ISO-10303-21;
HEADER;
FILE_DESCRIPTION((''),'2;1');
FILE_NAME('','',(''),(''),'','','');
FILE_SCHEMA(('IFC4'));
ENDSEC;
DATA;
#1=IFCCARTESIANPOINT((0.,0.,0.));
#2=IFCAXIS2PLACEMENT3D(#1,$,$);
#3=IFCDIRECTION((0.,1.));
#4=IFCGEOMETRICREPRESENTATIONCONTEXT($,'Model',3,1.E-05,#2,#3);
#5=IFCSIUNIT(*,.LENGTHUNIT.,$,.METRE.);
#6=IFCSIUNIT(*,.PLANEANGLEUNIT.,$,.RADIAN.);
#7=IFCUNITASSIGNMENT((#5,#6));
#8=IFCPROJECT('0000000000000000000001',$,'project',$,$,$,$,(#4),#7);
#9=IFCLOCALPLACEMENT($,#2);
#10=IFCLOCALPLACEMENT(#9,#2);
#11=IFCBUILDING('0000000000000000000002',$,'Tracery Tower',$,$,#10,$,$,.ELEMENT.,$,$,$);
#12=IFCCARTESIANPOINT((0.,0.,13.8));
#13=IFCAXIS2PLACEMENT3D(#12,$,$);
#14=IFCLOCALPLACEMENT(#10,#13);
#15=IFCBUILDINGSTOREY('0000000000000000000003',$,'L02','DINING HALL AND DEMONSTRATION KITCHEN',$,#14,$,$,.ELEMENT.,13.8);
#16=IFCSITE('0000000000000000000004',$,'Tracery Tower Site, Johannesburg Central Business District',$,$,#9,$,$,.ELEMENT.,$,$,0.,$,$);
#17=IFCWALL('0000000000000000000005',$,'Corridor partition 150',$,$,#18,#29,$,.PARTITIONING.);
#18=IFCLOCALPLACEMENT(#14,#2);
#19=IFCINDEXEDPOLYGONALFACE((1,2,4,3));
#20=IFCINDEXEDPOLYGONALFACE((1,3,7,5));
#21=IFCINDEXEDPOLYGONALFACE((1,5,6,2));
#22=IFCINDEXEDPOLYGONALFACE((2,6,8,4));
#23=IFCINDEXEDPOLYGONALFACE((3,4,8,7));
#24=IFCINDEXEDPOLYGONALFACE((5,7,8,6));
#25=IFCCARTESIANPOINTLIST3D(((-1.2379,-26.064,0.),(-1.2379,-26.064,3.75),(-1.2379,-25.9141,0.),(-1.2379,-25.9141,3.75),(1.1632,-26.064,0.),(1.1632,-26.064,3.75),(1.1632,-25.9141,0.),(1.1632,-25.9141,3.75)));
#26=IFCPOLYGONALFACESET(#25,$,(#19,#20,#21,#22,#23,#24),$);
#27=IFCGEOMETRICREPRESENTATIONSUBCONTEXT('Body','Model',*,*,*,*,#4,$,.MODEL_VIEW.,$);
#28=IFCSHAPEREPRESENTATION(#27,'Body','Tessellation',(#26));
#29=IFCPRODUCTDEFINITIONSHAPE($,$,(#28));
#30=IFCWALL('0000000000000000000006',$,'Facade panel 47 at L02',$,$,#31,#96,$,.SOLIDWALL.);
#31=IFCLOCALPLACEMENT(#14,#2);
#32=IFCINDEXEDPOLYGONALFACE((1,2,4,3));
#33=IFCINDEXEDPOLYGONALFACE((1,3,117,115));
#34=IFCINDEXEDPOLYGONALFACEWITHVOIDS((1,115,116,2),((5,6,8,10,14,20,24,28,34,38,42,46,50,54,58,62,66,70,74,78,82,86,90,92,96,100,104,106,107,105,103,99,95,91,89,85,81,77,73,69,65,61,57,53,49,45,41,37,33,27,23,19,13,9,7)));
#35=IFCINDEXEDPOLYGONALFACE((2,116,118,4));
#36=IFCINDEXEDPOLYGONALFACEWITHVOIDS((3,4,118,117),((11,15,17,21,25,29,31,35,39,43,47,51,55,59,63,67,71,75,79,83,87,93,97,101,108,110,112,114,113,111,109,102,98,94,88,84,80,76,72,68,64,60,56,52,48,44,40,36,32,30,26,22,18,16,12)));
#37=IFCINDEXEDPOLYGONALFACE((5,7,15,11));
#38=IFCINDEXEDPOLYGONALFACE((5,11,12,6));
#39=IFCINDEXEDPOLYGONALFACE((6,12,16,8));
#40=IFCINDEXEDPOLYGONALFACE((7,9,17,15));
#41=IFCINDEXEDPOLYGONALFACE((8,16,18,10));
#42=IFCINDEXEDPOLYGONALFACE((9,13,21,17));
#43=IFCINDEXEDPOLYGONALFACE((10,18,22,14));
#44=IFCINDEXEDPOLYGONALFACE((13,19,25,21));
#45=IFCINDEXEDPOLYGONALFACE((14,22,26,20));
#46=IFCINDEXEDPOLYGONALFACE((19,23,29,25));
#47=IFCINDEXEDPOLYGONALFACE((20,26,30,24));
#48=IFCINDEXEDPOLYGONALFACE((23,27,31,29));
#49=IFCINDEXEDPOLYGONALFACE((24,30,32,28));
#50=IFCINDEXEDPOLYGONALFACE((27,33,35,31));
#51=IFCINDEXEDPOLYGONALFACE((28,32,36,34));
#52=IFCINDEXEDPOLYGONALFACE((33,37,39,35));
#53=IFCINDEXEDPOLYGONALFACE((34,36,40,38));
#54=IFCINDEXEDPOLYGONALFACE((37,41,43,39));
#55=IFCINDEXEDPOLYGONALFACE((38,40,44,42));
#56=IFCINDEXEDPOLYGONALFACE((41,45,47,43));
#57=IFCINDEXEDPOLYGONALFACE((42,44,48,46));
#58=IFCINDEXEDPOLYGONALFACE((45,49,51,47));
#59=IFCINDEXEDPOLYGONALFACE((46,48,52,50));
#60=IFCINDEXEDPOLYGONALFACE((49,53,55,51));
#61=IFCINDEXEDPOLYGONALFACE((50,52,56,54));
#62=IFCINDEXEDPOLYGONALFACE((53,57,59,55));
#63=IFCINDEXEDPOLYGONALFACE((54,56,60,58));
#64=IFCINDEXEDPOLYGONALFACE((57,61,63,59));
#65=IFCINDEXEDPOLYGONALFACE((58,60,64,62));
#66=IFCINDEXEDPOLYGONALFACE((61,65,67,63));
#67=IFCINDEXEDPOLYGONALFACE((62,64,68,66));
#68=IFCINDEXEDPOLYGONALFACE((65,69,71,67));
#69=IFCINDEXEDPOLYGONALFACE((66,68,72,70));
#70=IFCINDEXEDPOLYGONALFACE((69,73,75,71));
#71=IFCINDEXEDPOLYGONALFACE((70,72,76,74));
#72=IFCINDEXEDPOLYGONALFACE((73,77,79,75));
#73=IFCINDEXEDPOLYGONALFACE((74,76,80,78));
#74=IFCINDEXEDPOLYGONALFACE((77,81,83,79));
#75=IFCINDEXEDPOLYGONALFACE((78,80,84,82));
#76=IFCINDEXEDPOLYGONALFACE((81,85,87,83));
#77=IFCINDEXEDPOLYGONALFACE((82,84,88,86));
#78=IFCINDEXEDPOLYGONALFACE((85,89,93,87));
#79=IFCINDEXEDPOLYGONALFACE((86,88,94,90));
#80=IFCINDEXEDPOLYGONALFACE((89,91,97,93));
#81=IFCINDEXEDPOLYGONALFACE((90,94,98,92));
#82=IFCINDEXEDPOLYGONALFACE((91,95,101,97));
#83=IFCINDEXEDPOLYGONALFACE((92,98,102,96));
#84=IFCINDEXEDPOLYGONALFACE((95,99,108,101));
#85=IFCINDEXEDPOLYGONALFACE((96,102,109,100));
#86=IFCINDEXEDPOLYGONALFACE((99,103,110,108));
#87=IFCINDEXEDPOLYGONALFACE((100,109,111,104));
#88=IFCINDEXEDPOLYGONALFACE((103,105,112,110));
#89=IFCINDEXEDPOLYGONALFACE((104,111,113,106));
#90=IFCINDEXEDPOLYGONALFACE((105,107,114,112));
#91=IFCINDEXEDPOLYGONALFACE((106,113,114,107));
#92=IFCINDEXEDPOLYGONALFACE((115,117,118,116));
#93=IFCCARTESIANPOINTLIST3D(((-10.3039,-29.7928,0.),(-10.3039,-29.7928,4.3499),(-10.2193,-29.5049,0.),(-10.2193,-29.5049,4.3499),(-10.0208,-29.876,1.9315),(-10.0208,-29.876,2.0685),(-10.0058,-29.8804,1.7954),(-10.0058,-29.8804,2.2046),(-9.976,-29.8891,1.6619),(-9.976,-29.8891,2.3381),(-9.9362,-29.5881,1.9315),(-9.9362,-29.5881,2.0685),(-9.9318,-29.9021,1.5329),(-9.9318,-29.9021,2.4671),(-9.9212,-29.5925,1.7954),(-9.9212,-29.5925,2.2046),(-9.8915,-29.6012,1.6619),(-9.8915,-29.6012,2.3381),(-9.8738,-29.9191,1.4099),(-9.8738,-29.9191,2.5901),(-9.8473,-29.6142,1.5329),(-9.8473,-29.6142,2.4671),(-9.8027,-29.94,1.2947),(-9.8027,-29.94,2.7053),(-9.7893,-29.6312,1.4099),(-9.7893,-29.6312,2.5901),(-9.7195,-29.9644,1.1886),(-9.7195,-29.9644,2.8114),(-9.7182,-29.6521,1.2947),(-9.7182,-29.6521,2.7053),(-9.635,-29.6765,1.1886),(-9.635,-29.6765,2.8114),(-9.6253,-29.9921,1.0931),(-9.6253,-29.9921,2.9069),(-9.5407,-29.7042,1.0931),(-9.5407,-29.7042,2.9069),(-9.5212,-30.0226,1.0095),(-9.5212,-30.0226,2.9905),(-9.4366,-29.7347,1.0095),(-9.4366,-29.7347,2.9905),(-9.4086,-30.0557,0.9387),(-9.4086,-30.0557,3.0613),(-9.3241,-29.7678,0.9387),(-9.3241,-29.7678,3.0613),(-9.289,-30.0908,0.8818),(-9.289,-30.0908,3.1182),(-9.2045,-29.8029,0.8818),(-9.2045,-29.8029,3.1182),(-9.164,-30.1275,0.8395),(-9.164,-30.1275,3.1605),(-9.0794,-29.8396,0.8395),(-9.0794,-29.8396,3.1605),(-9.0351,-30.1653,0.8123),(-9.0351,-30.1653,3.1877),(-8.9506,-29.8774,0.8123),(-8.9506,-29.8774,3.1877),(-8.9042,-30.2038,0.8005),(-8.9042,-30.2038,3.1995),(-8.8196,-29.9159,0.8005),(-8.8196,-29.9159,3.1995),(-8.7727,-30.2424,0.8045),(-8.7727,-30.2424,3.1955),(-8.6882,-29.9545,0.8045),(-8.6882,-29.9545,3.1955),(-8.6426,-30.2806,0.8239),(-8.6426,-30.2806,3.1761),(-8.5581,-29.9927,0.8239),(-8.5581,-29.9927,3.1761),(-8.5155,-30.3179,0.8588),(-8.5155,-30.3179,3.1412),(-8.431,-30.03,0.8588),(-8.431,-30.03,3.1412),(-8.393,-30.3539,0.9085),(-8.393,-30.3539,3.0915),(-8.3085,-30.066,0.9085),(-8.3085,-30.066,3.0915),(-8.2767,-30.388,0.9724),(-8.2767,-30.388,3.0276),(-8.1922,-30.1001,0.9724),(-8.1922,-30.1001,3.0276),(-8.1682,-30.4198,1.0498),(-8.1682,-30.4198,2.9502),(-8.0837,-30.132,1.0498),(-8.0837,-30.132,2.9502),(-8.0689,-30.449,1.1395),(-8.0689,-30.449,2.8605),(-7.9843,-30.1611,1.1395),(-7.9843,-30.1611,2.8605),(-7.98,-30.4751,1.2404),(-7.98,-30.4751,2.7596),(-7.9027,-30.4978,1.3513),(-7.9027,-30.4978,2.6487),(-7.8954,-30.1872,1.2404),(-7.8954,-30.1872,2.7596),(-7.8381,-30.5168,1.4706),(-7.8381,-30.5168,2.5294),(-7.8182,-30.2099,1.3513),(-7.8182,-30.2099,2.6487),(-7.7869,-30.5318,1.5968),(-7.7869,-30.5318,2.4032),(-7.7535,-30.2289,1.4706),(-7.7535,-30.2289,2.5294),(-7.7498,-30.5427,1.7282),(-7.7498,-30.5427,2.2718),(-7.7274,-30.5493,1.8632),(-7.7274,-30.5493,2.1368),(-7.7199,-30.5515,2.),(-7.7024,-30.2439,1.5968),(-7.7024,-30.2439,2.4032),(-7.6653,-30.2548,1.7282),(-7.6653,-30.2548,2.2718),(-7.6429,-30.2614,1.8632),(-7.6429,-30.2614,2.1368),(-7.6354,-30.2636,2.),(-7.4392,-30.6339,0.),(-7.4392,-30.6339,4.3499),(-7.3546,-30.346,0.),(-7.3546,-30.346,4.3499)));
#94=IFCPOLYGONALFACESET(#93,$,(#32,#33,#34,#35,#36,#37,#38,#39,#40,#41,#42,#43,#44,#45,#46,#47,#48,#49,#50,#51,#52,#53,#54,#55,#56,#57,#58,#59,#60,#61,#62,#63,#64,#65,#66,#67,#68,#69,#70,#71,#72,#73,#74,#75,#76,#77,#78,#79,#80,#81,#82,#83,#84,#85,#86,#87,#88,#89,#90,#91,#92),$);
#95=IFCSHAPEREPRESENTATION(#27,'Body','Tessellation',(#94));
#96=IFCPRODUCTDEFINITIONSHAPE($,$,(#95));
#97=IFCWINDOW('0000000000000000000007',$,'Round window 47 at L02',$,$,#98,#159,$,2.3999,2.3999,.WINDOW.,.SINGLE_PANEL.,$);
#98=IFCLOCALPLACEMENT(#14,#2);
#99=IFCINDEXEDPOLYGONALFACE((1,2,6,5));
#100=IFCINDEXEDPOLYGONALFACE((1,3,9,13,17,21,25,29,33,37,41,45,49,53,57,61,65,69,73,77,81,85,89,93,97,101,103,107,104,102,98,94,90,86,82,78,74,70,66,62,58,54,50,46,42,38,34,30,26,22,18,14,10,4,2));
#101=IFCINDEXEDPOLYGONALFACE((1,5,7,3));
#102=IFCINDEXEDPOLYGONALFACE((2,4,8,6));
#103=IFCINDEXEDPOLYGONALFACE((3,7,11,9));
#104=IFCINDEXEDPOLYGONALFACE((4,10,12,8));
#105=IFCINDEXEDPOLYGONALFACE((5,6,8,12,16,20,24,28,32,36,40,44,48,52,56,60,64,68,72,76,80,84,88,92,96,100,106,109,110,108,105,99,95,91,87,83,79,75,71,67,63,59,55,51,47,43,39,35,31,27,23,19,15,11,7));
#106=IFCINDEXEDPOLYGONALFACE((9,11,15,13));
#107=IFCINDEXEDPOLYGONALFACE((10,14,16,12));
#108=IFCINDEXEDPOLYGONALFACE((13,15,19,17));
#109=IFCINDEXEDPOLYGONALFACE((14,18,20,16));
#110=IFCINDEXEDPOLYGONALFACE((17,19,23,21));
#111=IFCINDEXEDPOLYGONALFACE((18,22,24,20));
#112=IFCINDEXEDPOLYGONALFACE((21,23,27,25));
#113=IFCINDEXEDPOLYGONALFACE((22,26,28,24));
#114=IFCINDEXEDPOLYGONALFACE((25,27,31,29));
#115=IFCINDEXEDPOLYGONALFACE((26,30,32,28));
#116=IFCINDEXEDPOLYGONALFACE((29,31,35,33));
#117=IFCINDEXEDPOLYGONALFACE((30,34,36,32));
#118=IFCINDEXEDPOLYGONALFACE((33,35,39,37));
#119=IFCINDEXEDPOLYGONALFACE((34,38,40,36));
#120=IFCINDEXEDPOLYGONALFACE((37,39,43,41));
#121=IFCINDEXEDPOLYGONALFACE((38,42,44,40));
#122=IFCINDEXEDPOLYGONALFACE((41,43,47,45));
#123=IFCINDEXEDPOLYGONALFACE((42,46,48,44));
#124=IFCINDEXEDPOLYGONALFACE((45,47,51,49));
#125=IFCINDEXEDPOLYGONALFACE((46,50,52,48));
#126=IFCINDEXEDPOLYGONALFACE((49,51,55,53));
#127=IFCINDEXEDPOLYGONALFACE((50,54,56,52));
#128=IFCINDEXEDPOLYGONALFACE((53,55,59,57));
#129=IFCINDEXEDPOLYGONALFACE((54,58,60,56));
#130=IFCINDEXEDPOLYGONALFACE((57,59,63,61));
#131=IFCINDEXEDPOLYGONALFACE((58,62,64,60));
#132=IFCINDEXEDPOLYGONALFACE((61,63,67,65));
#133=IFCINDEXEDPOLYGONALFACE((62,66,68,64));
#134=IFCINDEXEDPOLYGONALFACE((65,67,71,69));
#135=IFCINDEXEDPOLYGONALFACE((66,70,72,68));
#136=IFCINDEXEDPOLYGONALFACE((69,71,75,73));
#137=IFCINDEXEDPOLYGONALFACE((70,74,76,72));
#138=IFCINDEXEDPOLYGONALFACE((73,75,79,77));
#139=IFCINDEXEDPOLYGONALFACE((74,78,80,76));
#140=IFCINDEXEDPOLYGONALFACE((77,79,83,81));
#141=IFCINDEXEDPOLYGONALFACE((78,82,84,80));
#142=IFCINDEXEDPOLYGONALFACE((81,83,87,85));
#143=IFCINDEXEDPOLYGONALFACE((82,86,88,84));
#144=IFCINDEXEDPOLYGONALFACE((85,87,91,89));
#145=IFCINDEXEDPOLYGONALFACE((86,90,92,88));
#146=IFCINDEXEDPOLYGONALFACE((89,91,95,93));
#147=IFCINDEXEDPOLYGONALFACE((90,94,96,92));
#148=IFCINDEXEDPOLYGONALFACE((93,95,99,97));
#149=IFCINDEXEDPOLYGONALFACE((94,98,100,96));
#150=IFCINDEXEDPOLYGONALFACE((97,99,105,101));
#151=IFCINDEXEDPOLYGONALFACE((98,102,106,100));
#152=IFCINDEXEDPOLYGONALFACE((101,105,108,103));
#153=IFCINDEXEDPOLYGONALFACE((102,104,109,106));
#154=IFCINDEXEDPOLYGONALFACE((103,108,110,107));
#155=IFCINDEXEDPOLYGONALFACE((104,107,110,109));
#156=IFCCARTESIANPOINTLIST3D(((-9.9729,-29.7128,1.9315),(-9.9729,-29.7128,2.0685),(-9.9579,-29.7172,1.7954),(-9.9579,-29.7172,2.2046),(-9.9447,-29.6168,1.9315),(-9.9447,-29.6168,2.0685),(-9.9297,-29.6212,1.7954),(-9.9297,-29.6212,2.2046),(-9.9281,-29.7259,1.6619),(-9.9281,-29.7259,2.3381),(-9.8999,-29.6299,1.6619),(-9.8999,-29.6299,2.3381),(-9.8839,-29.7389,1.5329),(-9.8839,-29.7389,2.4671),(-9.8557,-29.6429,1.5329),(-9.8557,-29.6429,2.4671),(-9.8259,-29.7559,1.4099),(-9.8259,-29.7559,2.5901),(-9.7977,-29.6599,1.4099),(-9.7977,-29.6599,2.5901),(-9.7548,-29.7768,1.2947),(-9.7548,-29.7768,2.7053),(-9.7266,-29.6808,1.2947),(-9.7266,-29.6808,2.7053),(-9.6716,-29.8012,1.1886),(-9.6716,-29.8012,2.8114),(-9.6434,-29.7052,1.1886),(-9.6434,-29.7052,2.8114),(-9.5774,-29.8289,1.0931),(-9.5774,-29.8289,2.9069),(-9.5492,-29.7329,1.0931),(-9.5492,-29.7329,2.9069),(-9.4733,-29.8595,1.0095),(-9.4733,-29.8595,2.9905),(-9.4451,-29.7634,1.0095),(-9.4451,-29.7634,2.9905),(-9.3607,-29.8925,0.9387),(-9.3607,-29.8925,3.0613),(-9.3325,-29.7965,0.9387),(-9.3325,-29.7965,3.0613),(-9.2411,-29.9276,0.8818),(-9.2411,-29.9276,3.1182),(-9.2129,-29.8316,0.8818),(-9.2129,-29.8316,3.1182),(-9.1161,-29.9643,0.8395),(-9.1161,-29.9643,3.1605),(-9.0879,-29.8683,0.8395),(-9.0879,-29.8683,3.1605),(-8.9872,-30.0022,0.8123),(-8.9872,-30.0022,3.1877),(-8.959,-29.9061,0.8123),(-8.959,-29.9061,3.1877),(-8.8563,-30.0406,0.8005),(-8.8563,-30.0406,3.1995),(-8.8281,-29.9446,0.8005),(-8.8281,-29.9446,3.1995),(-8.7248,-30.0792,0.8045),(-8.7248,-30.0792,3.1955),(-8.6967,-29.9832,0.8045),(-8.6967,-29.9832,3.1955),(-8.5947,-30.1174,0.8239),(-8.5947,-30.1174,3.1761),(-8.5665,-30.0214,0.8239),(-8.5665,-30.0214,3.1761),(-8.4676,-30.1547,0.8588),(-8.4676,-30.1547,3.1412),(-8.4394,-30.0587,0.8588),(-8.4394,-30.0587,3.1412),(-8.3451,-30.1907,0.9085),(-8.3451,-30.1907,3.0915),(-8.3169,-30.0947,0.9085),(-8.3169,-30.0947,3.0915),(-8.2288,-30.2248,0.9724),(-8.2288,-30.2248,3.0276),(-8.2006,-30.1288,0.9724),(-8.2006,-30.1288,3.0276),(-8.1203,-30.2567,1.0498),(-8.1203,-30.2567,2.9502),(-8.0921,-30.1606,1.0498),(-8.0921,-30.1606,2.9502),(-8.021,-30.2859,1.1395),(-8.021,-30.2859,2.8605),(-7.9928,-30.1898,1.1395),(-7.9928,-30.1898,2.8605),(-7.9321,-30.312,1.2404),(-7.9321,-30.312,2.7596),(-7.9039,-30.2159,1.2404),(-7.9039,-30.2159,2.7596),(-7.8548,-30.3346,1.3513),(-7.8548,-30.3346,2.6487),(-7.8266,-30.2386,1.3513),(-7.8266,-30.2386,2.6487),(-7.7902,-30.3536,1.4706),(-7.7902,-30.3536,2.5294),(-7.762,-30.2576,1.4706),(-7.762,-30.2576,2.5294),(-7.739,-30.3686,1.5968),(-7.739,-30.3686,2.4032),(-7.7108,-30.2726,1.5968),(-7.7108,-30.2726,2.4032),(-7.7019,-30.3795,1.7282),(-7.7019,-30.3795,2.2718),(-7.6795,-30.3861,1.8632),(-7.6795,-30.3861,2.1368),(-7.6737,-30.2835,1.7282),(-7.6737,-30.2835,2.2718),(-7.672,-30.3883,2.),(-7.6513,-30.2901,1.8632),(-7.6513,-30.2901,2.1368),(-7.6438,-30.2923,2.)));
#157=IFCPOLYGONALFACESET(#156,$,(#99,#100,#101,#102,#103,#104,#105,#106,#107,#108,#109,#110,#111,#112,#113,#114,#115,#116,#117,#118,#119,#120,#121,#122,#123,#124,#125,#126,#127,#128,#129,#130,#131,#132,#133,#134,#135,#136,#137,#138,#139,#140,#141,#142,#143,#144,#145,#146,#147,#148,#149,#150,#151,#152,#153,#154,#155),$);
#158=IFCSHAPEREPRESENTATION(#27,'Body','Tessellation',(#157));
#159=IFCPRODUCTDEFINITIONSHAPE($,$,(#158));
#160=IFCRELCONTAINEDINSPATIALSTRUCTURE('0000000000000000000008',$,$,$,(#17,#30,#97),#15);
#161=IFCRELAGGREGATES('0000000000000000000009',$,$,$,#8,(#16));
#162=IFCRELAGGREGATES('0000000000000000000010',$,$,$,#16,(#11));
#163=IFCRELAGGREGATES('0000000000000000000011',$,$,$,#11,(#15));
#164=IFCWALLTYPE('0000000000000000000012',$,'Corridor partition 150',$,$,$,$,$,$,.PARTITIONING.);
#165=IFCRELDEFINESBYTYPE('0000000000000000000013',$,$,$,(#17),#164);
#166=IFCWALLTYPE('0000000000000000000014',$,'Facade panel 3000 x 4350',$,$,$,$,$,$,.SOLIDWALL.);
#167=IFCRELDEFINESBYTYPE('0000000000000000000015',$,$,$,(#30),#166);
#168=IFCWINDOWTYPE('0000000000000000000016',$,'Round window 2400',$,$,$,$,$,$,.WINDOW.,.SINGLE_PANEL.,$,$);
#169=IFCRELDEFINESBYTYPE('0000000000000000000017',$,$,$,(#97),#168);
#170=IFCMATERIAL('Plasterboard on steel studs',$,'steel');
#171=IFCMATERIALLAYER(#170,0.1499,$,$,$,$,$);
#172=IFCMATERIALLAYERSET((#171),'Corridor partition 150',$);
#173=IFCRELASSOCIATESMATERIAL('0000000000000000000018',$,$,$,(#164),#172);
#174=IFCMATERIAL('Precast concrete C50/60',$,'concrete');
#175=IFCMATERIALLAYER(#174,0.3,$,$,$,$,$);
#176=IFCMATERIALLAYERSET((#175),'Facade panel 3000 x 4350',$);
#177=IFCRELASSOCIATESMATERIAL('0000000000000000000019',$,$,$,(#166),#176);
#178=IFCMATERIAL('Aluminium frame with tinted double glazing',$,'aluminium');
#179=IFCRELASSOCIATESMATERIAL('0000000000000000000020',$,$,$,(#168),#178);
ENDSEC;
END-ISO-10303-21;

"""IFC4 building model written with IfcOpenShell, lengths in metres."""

from ifc_helpers import new_model, si_unit, direction, frame, frame_2d, origin, origin_2d, place, context, subcontext, project, spatial, rectangle, circle, extrude, material, layer, layer_set, type_object, element, fill, save


model = new_model("IFC4")

# Units and contexts
model_context = context("Model", 3, precision=1e-05, world=origin(), true_north=direction((0.0, 1.0)))
body_context = subcontext(model_context, "Body", "Model", "MODEL_VIEW")
ifc_project = project(units=[si_unit("LENGTHUNIT", "METRE"), si_unit("PLANEANGLEUNIT", "RADIAN")], contexts=[model_context])

# Site, building, storey
site_placement = place(None, origin())
site = spatial("IfcSite", under=ifc_project, at=site_placement, Name="Tracery Tower Site, Johannesburg Central Business District", CompositionType="ELEMENT", RefElevation=0.0)
building_placement = place(site_placement, origin())
building = spatial("IfcBuilding", under=site, at=building_placement, Name="Tracery Tower", CompositionType="ELEMENT")
storey_placement = place(building_placement, frame((0.0, 0.0, 13.8)))
storey = spatial("IfcBuildingStorey", under=building, at=storey_placement, Name="L02", Description="DINING HALL AND DEMONSTRATION KITCHEN", CompositionType="ELEMENT", Elevation=13.8)

# Shared definitions
ifc_material_1 = material(Name="Plasterboard on steel studs", Category="steel")
ifc_layer_1 = layer(ifc_material_1, 0.1499)
ifc_layer_set_1 = layer_set([ifc_layer_1], Name="Corridor partition 150")
wall_type_1 = type_object("IfcWallType", Name="Corridor partition 150", PredefinedType="PARTITIONING", material=ifc_layer_set_1)

# Wall
wall_1_placement = place(storey_placement, frame((-1.238, -25.989, 0.0), z_axis=(0.0, 0.0, 1.0), x_axis=(1.0, 0.0, 0.0)))
element("IfcWall", 1, at=wall_1_placement, inside=storey, type_object=wall_type_1, Name="Corridor partition 150", PredefinedType="PARTITIONING", context=body_context, shape_type="SweptSolid", body=[
    extrude(rectangle(XDim=2.4011, YDim=0.1499, at=frame_2d((1.2007, 0.0))), origin(), (0.0, 0.0, 1.0), 3.75),
])

# Wall, opening, window
ifc_material_2 = material(Name="Precast concrete C50/60", Category="concrete")
ifc_layer_2 = layer(ifc_material_2, 0.3)
ifc_layer_set_2 = layer_set([ifc_layer_2], Name="Facade panel 3000 x 4350")
wall_type_2 = type_object("IfcWallType", Name="Facade panel 3000 x 4350", PredefinedType="SOLIDWALL", material=ifc_layer_set_2)
wall_2_placement = place(storey_placement, frame((-10.2615, -29.6489, 0.0), z_axis=(0.0, 0.0, 1.0), x_axis=(0.959502, -0.281701, 0.0)))
wall_2 = element("IfcWall", 2, at=wall_2_placement, inside=storey, type_object=wall_type_2, Name="Facade panel 47 at L02", PredefinedType="SOLIDWALL", context=body_context, shape_type="SweptSolid", body=[
    extrude(rectangle(XDim=2.9856, YDim=0.3, at=frame_2d((1.4927, 0.0))), origin(), (0.0, 0.0, 1.0), 4.3499),
])
opening_1_placement = place(wall_2_placement, frame((1.4929, 0.0, 2.0)))
opening_1 = element("IfcOpeningElement", 3, at=opening_1_placement, cuts=wall_2, PredefinedType="OPENING", context=body_context, shape_type="SweptSolid", body=[
    extrude(circle(Radius=1.2, at=origin_2d()), frame((0.0, 0.1599, 0.0), z_axis=(0.0, -1.0, 0.0), x_axis=(1.0, 0.0, 0.0)), (0.0, 0.0, 1.0), 0.3201),
])
ifc_material_3 = material(Name="Aluminium frame with tinted double glazing", Category="aluminium")
window_type = type_object("IfcWindowType", Name="Round window 2400", PartitioningType="SINGLE_PANEL", PredefinedType="WINDOW", material=ifc_material_3)
window_1_placement = place(opening_1_placement, origin())
window_1 = element("IfcWindow", 4, at=window_1_placement, inside=storey, type_object=window_type, Name="Round window 47 at L02", OverallHeight=2.3999, OverallWidth=2.3999, PartitioningType="SINGLE_PANEL", PredefinedType="WINDOW", context=body_context, shape_type="SweptSolid", body=[
    extrude(circle(Radius=1.2, at=origin_2d()), frame((0.0, 0.1201, 0.0), z_axis=(0.0, -1.0, 0.0), x_axis=(1.0, 0.0, 0.0)), (0.0, 0.0, 1.0), 0.1001),
])
fill(opening_1, window_1)

save(model, "model.ifc")
